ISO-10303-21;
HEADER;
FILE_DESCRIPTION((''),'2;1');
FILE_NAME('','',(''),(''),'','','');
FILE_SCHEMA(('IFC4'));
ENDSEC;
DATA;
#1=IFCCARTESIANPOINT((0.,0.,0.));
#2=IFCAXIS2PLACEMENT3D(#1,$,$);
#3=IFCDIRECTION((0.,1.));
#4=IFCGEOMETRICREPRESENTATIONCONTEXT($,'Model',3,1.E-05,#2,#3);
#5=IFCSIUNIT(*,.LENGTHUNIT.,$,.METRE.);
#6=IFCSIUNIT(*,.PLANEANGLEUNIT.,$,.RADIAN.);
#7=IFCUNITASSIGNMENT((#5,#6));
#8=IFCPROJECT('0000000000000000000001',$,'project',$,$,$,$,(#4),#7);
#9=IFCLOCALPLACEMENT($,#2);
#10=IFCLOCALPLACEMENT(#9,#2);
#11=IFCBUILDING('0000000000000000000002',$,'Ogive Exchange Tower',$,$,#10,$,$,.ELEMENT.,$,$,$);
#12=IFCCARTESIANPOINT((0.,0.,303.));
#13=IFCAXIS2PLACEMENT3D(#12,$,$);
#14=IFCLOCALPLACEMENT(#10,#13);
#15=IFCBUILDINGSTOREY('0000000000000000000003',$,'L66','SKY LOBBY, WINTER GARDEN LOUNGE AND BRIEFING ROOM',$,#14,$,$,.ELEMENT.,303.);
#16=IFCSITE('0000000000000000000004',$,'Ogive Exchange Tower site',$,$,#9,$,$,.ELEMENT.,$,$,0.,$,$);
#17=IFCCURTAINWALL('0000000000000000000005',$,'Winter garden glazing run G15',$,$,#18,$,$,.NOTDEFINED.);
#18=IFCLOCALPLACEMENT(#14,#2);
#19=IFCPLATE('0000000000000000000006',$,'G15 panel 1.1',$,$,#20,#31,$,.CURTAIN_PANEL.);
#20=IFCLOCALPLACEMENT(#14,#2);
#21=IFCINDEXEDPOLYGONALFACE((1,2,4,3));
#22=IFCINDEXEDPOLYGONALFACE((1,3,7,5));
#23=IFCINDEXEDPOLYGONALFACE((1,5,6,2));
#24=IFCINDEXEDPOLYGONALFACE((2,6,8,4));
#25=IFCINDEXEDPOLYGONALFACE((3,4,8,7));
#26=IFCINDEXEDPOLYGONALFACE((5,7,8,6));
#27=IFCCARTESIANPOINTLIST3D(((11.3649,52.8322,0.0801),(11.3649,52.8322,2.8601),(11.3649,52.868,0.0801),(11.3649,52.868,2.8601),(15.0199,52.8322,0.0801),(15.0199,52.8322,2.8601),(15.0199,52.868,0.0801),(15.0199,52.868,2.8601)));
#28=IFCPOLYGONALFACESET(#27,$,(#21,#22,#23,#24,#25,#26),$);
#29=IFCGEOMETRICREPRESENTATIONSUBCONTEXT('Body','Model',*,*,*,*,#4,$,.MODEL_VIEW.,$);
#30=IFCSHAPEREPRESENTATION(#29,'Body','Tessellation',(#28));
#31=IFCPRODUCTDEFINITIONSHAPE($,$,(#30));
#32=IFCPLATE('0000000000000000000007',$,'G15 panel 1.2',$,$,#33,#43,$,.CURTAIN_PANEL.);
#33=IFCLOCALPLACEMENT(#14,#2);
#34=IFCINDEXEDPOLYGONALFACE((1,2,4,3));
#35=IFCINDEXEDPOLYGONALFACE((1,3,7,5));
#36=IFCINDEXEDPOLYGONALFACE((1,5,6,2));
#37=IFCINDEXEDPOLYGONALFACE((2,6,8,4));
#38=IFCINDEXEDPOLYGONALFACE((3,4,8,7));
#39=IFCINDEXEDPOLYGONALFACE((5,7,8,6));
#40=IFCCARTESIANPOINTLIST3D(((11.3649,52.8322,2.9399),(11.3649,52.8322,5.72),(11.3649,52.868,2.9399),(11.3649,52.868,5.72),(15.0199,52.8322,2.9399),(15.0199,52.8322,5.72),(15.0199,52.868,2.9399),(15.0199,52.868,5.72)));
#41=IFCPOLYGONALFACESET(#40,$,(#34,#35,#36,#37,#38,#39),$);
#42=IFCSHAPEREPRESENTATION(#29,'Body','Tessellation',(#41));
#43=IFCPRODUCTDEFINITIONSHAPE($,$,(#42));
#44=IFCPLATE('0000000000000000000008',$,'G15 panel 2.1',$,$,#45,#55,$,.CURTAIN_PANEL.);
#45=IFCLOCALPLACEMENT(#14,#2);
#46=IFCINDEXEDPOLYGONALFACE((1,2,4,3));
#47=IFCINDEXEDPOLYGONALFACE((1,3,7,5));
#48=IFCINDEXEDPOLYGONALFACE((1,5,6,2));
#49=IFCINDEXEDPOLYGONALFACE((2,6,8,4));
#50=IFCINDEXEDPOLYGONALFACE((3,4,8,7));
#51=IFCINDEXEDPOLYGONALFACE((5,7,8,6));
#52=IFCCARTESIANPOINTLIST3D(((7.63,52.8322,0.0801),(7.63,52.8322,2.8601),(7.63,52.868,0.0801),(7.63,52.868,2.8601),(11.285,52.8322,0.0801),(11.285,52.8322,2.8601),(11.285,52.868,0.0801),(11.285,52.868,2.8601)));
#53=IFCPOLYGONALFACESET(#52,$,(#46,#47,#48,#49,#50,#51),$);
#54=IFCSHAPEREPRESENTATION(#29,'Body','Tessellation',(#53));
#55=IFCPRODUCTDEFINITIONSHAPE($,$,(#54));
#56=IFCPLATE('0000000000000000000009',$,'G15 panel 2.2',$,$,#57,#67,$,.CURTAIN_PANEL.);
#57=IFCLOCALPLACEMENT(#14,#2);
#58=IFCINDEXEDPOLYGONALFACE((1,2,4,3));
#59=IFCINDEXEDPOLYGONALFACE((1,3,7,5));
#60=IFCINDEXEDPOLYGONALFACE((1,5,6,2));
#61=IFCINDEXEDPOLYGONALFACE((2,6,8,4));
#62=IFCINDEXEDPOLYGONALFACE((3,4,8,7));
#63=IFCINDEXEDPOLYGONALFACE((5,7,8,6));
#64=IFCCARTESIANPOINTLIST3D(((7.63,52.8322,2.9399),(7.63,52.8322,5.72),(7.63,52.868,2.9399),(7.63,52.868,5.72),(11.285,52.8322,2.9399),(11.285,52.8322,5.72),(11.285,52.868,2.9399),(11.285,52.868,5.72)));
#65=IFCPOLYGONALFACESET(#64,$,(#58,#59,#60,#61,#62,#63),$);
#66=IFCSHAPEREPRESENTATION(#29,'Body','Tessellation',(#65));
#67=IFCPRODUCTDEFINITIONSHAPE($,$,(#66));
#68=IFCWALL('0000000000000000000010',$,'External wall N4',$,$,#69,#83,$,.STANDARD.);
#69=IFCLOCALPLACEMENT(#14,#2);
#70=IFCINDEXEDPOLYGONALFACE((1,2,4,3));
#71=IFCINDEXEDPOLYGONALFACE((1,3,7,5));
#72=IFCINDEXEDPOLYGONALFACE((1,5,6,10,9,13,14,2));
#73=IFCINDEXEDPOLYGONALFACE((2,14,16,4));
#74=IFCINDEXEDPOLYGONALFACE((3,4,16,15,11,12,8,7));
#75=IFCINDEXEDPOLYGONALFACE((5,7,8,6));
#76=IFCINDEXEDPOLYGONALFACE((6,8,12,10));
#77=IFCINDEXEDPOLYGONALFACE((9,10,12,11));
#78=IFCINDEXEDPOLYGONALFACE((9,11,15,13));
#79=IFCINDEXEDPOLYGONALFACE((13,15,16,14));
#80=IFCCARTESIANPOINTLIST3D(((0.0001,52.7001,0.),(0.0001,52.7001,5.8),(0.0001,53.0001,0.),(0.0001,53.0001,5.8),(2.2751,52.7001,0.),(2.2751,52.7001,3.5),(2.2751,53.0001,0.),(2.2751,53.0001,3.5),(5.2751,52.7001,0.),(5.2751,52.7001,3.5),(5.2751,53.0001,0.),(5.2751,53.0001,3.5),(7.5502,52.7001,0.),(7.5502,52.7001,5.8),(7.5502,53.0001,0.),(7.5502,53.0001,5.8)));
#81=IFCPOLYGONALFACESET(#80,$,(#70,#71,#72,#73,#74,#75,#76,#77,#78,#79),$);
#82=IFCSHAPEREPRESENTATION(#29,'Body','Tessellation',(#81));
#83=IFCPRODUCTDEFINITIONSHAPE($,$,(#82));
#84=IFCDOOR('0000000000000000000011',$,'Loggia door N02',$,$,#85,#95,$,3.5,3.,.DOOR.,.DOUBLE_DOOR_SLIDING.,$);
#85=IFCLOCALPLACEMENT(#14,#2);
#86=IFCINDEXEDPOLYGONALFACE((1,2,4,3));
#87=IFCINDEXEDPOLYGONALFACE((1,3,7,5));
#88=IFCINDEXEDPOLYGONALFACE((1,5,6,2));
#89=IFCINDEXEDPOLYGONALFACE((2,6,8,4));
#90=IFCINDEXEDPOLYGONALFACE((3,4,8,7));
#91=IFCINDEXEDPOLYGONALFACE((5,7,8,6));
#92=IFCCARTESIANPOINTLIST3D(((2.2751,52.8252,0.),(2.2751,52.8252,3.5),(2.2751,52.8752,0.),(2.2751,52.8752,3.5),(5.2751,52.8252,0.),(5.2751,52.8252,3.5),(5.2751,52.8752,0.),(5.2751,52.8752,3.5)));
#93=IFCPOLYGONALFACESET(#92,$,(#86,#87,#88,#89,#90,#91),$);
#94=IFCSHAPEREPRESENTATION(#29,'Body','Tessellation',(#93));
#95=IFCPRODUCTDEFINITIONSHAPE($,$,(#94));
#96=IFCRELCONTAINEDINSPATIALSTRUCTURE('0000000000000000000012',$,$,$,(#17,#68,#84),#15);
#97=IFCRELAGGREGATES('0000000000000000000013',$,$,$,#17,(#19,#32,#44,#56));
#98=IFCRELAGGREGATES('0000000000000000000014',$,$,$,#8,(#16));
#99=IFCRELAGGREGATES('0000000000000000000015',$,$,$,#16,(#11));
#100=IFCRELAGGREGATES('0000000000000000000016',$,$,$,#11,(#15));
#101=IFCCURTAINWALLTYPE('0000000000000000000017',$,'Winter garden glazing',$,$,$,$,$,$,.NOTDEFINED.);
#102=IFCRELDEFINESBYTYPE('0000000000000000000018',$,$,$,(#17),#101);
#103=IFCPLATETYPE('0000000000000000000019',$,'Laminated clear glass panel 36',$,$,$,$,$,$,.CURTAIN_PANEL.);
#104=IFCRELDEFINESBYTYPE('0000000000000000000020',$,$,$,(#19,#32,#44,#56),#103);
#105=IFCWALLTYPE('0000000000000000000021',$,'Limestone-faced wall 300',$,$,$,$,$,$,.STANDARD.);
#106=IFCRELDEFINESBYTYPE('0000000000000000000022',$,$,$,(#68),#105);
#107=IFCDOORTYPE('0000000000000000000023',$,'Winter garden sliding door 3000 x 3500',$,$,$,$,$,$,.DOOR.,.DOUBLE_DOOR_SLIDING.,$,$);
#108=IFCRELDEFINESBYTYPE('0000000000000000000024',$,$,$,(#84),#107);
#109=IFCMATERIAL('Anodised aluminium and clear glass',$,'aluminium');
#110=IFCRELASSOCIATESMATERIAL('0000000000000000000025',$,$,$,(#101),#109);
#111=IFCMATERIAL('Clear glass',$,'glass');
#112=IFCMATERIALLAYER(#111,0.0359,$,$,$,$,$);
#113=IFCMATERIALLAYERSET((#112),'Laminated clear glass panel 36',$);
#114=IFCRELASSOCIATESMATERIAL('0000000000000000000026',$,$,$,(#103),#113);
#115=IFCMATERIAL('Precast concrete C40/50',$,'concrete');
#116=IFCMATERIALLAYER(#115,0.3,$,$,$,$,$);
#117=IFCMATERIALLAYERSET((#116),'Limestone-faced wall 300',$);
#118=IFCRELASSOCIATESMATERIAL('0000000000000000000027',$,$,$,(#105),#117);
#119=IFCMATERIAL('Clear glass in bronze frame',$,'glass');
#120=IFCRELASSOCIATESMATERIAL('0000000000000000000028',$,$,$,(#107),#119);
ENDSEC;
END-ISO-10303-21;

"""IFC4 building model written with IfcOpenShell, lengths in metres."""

from ifc_helpers import new_model, si_unit, direction, frame, frame_2d, origin, origin_2d, place, context, subcontext, project, spatial, rectangle, extrude, material, layer, layer_set, type_object, element, fill, aggregate, save


model = new_model("IFC4")

# Units and contexts
model_context = context("Model", 3, precision=1e-05, world=origin(), true_north=direction((0.0, 1.0)))
body_context = subcontext(model_context, "Body", "Model", "MODEL_VIEW")
ifc_project = project(units=[si_unit("LENGTHUNIT", "METRE"), si_unit("PLANEANGLEUNIT", "RADIAN")], contexts=[model_context])

# Site, building, storey
site_placement = place(None, origin())
site = spatial("IfcSite", under=ifc_project, at=site_placement, Name="Ogive Exchange Tower site", CompositionType="ELEMENT", RefElevation=0.0)
building_placement = place(site_placement, origin())
building = spatial("IfcBuilding", under=site, at=building_placement, Name="Ogive Exchange Tower", CompositionType="ELEMENT")
storey_placement = place(building_placement, frame((0.0, 0.0, 303.0)))
storey = spatial("IfcBuildingStorey", under=building, at=storey_placement, Name="L66", Description="SKY LOBBY, WINTER GARDEN LOUNGE AND BRIEFING ROOM", CompositionType="ELEMENT", Elevation=303.0)

# Curtain wall
ifc_material_1 = material(Name="Anodised aluminium and clear glass", Category="aluminium")
curtain_wall_type = type_object("IfcCurtainWallType", Name="Winter garden glazing", PredefinedType="NOTDEFINED", material=ifc_material_1)
curtain_wall_1_placement = place(storey_placement, origin())
curtain_wall_1 = element("IfcCurtainWall", 1, at=curtain_wall_1_placement, inside=storey, type_object=curtain_wall_type, Name="Winter garden glazing run G15", PredefinedType="NOTDEFINED")

# Plates
ifc_material_2 = material(Name="Clear glass", Category="glass")
ifc_layer_1 = layer(ifc_material_2, 0.0359)
ifc_layer_set_1 = layer_set([ifc_layer_1], Name="Laminated clear glass panel 36")
plate_type = type_object("IfcPlateType", Name="Laminated clear glass panel 36", PredefinedType="CURTAIN_PANEL", material=ifc_layer_set_1)
plate_1_placement = place(storey_placement, frame((13.1924, 52.8501, 0.0801), z_axis=(0.0, 0.0, 1.0), x_axis=(-1.0, 0.0, 0.0)))
plate_1 = element("IfcPlate", 2, at=plate_1_placement, type_object=plate_type, Name="G15 panel 1.1", PredefinedType="CURTAIN_PANEL", context=body_context, shape_type="SweptSolid", body=[
    extrude(rectangle(XDim=3.655, YDim=0.0359, at=origin_2d()), origin(), (0.0, 0.0, 1.0), 2.78),
])
plate_2_placement = place(storey_placement, frame((13.1924, 52.8501, 2.9399), z_axis=(0.0, 0.0, 1.0), x_axis=(-1.0, 0.0, 0.0)))
plate_2 = element("IfcPlate", 3, at=plate_2_placement, type_object=plate_type, Name="G15 panel 1.2", PredefinedType="CURTAIN_PANEL", context=body_context, shape_type="SweptSolid", body=[
    extrude(rectangle(XDim=3.655, YDim=0.0359, at=origin_2d()), origin(), (0.0, 0.0, 1.0), 2.78),
])
plate_3_placement = place(storey_placement, frame((9.4575, 52.8501, 0.0801), z_axis=(0.0, 0.0, 1.0), x_axis=(-1.0, 0.0, 0.0)))
plate_3 = element("IfcPlate", 4, at=plate_3_placement, type_object=plate_type, Name="G15 panel 2.1", PredefinedType="CURTAIN_PANEL", context=body_context, shape_type="SweptSolid", body=[
    extrude(rectangle(XDim=3.655, YDim=0.0359, at=origin_2d()), origin(), (0.0, 0.0, 1.0), 2.78),
])
plate_4_placement = place(storey_placement, frame((9.4575, 52.8501, 2.9399), z_axis=(0.0, 0.0, 1.0), x_axis=(-1.0, 0.0, 0.0)))
plate_4 = element("IfcPlate", 5, at=plate_4_placement, type_object=plate_type, Name="G15 panel 2.2", PredefinedType="CURTAIN_PANEL", context=body_context, shape_type="SweptSolid", body=[
    extrude(rectangle(XDim=3.655, YDim=0.0359, at=origin_2d()), origin(), (0.0, 0.0, 1.0), 2.78),
])
aggregate(curtain_wall_1, [plate_1, plate_2, plate_3, plate_4])

# Wall, opening, door
ifc_material_3 = material(Name="Precast concrete C40/50", Category="concrete")
ifc_layer_2 = layer(ifc_material_3, 0.3)
ifc_layer_set_2 = layer_set([ifc_layer_2], Name="Limestone-faced wall 300")
wall_type = type_object("IfcWallType", Name="Limestone-faced wall 300", PredefinedType="STANDARD", material=ifc_layer_set_2)
wall_placement = place(storey_placement, frame((7.55, 52.8501, 0.0), z_axis=(0.0, 0.0, 1.0), x_axis=(-1.0, 0.0, 0.0)))
wall = element("IfcWall", 6, at=wall_placement, inside=storey, type_object=wall_type, Name="External wall N4", PredefinedType="STANDARD", context=body_context, shape_type="SweptSolid", body=[
    extrude(rectangle(XDim=7.55, YDim=0.3, at=frame_2d((3.7749, 0.0))), origin(), (0.0, 0.0, 1.0), 5.8),
])
opening_placement = place(wall_placement, frame((2.2749, 0.0, 0.0)))
opening = element("IfcOpeningElement", 7, at=opening_placement, cuts=wall, PredefinedType="OPENING", context=body_context, shape_type="SweptSolid", body=[
    extrude(rectangle(XDim=3.0, YDim=3.5, at=frame_2d((1.5, 1.75))), frame((0.0, 0.1599, 0.0), z_axis=(0.0, -1.0, 0.0), x_axis=(1.0, 0.0, 0.0)), (0.0, 0.0, 1.0), 0.3201),
])
ifc_material_4 = material(Name="Clear glass in bronze frame", Category="glass")
door_type = type_object("IfcDoorType", Name="Winter garden sliding door 3000 x 3500", OperationType="DOUBLE_DOOR_SLIDING", PredefinedType="DOOR", material=ifc_material_4)
door_placement = place(opening_placement, origin())
door = element("IfcDoor", 8, at=door_placement, inside=storey, type_object=door_type, Name="Loggia door N02", OperationType="DOUBLE_DOOR_SLIDING", OverallHeight=3.5, OverallWidth=3.0, PredefinedType="DOOR", context=body_context, shape_type="SweptSolid", body=[
    extrude(rectangle(XDim=3.0, YDim=3.5, at=frame_2d((1.5, 1.75))), frame((0.0, 0.0249, 0.0), z_axis=(0.0, -1.0, 0.0), x_axis=(1.0, 0.0, 0.0)), (0.0, 0.0, 1.0), 0.05),
])
fill(opening, door)

save(model, "model.ifc")
